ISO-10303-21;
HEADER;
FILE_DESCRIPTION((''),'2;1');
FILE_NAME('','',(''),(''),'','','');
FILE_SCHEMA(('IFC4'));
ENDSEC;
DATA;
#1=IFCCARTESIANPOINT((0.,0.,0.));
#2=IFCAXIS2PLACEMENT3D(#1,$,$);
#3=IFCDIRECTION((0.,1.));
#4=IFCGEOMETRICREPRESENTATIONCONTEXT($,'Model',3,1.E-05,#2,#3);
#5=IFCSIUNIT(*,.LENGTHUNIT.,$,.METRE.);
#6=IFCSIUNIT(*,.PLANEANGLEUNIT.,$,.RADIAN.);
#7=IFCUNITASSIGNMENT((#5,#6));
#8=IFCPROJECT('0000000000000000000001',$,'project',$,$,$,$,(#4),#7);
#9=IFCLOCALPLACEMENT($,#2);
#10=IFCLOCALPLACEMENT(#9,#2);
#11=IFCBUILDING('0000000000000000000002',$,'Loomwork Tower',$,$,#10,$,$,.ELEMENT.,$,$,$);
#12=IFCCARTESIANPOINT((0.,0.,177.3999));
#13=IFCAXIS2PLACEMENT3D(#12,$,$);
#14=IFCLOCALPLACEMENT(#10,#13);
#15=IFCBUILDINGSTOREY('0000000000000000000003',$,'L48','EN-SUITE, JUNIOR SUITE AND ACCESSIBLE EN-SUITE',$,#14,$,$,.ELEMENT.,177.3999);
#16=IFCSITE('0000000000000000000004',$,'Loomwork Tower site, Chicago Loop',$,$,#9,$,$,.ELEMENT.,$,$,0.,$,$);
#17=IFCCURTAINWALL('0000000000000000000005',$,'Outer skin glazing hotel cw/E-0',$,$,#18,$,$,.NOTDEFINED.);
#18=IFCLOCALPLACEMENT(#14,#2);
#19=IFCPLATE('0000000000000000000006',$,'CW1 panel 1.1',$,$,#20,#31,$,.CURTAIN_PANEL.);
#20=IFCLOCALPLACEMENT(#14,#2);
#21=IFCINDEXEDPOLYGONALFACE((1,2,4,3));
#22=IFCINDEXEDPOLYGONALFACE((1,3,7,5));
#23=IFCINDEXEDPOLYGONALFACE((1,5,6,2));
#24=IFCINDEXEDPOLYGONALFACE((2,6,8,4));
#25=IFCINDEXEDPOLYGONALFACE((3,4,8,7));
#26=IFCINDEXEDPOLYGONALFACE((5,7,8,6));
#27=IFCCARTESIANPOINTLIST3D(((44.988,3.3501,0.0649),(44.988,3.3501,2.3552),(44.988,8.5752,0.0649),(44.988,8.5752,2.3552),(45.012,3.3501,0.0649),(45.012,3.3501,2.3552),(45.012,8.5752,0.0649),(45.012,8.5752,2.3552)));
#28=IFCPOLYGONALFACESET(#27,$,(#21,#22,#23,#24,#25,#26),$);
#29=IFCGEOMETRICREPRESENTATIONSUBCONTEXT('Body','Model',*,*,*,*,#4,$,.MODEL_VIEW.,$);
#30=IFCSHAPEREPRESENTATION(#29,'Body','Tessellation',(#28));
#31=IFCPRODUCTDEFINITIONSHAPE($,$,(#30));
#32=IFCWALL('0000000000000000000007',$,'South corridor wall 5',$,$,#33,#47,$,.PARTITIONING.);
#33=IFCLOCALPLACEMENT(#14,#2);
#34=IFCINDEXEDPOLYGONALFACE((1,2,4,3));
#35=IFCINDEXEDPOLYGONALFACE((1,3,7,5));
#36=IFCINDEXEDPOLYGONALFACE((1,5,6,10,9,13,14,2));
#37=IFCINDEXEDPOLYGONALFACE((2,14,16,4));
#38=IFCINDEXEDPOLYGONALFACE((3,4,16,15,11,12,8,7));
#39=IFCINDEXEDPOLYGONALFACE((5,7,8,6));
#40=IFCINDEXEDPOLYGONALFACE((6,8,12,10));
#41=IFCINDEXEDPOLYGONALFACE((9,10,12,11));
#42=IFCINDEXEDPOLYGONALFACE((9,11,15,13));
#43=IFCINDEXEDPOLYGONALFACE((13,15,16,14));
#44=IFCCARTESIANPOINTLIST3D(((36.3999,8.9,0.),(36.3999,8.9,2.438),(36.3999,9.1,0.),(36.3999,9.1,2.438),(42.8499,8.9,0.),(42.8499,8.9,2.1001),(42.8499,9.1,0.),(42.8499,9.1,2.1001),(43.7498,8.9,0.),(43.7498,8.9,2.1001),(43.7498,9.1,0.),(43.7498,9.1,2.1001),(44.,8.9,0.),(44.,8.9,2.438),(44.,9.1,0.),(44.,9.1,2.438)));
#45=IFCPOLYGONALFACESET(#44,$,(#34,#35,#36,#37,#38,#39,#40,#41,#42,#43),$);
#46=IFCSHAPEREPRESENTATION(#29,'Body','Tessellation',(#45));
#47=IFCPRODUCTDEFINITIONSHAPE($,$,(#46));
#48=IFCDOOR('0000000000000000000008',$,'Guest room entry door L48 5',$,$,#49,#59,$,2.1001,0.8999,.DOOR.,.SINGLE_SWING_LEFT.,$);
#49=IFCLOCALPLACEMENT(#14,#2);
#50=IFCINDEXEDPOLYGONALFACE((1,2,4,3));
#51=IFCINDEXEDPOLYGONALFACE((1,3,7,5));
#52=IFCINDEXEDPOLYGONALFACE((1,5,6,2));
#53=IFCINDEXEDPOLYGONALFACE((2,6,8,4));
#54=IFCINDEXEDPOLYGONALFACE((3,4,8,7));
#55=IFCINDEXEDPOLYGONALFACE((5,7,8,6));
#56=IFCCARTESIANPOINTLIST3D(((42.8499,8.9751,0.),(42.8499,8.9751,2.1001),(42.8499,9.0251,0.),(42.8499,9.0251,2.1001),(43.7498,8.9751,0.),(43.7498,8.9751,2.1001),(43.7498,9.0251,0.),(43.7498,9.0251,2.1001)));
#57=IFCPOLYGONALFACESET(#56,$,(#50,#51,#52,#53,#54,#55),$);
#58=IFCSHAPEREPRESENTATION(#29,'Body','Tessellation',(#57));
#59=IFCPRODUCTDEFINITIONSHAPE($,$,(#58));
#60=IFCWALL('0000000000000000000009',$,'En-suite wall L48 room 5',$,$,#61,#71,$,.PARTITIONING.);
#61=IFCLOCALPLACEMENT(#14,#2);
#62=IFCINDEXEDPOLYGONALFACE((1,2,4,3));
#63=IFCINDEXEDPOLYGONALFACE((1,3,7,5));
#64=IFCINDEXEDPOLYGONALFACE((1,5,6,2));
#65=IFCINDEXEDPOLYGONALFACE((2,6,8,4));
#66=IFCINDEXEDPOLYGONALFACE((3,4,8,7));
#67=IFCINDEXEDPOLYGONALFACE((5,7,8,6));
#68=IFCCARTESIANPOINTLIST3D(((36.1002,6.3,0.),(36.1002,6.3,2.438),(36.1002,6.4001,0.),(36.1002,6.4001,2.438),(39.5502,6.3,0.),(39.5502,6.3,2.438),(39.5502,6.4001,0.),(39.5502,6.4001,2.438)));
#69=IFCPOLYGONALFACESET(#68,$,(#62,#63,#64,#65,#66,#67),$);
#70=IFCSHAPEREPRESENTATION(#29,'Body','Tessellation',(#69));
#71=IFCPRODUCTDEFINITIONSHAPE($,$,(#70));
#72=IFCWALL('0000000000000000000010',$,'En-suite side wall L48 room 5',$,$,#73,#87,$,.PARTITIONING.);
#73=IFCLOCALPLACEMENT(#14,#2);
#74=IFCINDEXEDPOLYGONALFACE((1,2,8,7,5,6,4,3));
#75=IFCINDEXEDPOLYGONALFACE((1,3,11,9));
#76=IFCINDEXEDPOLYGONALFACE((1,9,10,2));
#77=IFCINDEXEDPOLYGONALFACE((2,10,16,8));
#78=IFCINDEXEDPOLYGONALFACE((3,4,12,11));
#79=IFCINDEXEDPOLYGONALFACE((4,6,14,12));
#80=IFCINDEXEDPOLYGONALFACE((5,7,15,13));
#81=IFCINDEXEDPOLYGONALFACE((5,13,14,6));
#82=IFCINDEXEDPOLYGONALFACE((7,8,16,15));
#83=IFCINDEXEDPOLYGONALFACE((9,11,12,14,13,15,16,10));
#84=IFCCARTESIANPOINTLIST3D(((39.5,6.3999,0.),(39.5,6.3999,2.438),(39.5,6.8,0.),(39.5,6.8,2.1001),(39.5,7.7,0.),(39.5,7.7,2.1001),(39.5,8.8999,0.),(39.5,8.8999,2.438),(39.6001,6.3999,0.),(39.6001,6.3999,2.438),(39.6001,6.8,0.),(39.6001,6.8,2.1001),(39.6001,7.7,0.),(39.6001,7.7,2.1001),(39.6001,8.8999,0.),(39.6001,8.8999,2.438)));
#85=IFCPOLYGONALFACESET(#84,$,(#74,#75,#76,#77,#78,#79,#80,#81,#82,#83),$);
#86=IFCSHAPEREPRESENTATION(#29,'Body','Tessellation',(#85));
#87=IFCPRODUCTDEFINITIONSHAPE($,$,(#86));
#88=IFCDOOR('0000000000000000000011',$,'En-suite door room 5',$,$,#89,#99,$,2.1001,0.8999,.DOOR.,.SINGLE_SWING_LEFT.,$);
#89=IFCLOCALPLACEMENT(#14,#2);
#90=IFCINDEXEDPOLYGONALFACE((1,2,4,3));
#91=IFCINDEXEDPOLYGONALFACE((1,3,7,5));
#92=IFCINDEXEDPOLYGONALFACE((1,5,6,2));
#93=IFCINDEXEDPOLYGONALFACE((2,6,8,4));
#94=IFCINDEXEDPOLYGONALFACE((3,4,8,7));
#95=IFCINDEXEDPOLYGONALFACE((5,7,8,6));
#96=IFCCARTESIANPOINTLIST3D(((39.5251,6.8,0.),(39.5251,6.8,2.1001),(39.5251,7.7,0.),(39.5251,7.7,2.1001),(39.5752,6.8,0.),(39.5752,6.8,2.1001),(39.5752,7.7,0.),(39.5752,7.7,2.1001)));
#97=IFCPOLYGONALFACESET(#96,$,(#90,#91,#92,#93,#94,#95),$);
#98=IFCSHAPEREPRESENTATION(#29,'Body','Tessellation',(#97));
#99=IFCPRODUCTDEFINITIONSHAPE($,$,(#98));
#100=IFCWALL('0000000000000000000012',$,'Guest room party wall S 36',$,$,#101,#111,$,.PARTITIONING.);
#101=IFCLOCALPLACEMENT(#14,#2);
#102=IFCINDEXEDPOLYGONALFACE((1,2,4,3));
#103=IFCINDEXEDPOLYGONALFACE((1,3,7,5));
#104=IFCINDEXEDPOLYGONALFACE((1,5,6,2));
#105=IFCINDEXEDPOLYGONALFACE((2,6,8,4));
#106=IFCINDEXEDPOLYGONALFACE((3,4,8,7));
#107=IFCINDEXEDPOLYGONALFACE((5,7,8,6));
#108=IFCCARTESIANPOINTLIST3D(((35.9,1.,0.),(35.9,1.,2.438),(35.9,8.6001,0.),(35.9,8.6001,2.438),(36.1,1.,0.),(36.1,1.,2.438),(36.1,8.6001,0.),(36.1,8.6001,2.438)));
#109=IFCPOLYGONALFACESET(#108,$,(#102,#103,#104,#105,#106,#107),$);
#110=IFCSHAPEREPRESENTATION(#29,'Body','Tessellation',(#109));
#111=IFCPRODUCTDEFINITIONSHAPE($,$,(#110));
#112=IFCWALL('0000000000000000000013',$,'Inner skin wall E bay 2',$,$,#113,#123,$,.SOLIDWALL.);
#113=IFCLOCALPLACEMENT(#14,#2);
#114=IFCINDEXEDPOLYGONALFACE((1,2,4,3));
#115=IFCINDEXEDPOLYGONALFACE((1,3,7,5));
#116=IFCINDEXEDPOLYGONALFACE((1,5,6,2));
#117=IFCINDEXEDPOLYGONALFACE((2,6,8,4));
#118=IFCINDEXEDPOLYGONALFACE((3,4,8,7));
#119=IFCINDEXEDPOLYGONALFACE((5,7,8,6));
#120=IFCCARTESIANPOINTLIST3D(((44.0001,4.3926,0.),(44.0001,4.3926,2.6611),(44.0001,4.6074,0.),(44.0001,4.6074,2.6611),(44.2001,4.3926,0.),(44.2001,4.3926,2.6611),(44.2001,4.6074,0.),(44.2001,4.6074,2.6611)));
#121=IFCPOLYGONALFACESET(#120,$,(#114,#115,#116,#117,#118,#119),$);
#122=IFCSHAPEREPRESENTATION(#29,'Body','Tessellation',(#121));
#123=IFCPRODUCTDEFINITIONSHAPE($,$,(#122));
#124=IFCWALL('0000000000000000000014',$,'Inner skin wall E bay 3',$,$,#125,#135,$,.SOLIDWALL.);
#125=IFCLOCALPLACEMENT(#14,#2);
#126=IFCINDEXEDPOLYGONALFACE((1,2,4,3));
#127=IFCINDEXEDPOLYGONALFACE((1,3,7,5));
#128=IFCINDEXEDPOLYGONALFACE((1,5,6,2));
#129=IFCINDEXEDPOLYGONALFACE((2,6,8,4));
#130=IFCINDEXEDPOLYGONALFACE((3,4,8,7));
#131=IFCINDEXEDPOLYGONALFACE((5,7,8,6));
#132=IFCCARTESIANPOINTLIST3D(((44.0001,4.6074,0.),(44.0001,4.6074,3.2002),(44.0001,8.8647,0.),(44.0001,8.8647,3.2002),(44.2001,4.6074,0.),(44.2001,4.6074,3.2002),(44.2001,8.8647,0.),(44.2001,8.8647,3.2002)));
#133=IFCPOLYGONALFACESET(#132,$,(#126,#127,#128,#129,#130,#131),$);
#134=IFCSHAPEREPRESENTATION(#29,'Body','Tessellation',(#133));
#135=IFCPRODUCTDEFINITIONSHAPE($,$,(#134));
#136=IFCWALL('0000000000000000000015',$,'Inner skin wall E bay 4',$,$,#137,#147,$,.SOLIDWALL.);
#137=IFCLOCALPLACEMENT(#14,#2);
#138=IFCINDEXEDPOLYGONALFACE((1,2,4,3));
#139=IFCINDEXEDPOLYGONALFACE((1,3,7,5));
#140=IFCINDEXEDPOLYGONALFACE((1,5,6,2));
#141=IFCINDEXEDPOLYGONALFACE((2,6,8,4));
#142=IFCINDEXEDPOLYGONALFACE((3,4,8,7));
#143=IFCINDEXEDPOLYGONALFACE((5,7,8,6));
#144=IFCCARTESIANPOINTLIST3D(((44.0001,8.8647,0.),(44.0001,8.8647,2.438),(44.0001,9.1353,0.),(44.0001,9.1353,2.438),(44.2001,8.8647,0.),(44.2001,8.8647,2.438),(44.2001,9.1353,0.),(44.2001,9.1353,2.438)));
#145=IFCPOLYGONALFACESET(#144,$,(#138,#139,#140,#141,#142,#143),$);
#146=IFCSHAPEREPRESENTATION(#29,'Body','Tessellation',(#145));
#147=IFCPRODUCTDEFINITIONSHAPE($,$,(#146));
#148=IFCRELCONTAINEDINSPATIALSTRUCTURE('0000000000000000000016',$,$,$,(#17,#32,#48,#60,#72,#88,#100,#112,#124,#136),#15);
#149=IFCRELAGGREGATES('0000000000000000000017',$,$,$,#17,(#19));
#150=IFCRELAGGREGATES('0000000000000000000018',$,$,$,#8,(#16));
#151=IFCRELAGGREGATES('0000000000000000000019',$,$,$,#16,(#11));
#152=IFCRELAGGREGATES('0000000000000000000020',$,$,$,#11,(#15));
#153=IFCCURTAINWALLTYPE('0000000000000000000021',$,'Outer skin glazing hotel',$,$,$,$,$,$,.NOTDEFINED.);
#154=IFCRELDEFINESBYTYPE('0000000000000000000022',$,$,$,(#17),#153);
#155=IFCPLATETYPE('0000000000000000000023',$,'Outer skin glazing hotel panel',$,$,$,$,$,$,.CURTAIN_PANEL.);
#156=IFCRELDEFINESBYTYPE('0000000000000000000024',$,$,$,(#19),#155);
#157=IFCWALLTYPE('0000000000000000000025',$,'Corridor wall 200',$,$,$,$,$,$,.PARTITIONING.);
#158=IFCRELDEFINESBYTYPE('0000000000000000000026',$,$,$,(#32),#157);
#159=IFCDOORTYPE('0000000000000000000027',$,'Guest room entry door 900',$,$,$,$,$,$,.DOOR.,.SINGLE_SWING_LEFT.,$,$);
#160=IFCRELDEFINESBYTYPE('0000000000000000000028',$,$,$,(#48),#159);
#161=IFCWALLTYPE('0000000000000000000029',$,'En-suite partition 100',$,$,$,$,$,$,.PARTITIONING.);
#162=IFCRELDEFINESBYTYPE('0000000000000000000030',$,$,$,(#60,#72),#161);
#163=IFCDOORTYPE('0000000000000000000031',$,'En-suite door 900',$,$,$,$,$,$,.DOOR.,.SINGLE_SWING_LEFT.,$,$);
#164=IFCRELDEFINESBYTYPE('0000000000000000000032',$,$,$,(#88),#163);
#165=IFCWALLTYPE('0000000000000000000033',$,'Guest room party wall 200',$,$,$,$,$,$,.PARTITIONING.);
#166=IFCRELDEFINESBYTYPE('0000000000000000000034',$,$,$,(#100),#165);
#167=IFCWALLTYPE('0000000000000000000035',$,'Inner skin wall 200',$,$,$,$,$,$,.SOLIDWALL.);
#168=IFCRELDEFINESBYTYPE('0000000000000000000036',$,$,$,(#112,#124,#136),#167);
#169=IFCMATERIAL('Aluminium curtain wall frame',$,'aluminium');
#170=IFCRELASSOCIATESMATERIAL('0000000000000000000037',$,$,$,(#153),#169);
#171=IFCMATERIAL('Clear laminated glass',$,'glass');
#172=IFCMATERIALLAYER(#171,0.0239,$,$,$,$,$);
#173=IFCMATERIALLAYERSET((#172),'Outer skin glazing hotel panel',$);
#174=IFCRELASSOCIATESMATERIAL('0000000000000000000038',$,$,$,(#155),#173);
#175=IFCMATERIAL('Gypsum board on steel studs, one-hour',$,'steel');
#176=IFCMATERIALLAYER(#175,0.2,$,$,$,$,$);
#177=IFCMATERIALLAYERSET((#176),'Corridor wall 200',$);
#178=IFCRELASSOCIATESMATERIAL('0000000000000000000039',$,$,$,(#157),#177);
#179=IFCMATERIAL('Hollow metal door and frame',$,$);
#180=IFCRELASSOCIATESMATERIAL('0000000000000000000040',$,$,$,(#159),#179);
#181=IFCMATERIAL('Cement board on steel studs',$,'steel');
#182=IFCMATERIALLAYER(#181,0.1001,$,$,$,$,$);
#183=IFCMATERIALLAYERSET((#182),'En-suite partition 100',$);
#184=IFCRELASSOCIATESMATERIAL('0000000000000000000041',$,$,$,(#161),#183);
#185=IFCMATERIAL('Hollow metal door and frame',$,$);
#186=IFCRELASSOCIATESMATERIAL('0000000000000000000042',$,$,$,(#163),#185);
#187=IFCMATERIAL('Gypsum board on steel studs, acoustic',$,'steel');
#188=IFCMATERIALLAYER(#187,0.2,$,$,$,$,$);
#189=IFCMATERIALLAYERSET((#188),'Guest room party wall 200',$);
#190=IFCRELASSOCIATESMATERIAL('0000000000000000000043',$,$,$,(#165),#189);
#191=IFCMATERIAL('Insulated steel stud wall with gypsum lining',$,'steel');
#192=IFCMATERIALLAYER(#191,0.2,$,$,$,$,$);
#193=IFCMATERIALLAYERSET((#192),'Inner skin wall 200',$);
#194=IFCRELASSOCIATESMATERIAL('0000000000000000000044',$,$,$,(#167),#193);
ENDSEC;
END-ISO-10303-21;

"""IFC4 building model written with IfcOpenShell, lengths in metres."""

from ifc_helpers import new_model, si_unit, direction, frame, frame_2d, origin, origin_2d, place, context, subcontext, project, spatial, rectangle, extrude, material, layer, layer_set, type_object, element, fill, aggregate, save


model = new_model("IFC4")

# Units and contexts
model_context = context("Model", 3, precision=1e-05, world=origin(), true_north=direction((0.0, 1.0)))
body_context = subcontext(model_context, "Body", "Model", "MODEL_VIEW")
ifc_project = project(units=[si_unit("LENGTHUNIT", "METRE"), si_unit("PLANEANGLEUNIT", "RADIAN")], contexts=[model_context])

# Site, building, storey
site_placement = place(None, origin())
site = spatial("IfcSite", under=ifc_project, at=site_placement, Name="Loomwork Tower site, Chicago Loop", CompositionType="ELEMENT", RefElevation=0.0)
building_placement = place(site_placement, origin())
building = spatial("IfcBuilding", under=site, at=building_placement, Name="Loomwork Tower", CompositionType="ELEMENT")
storey_placement = place(building_placement, frame((0.0, 0.0, 177.3999)))
storey = spatial("IfcBuildingStorey", under=building, at=storey_placement, Name="L48", Description="EN-SUITE, JUNIOR SUITE AND ACCESSIBLE EN-SUITE", CompositionType="ELEMENT", Elevation=177.3999)

# Curtain wall
ifc_material_1 = material(Name="Aluminium curtain wall frame", Category="aluminium")
curtain_wall_type = type_object("IfcCurtainWallType", Name="Outer skin glazing hotel", PredefinedType="NOTDEFINED", material=ifc_material_1)
curtain_wall_1_placement = place(storey_placement, origin())
curtain_wall_1 = element("IfcCurtainWall", 1, at=curtain_wall_1_placement, inside=storey, type_object=curtain_wall_type, Name="Outer skin glazing hotel cw/E-0", PredefinedType="NOTDEFINED")

# Plate
ifc_material_2 = material(Name="Clear laminated glass", Category="glass")
ifc_layer_1 = layer(ifc_material_2, 0.0239)
ifc_layer_set_1 = layer_set([ifc_layer_1], Name="Outer skin glazing hotel panel")
plate_type = type_object("IfcPlateType", Name="Outer skin glazing hotel panel", PredefinedType="CURTAIN_PANEL", material=ifc_layer_set_1)
plate_placement = place(storey_placement, frame((45.0, 5.9626, 0.0649), z_axis=(0.0, 0.0, 1.0), x_axis=(0.0, 1.0, 0.0)))
plate = element("IfcPlate", 2, at=plate_placement, type_object=plate_type, Name="CW1 panel 1.1", PredefinedType="CURTAIN_PANEL", context=body_context, shape_type="SweptSolid", body=[
    extrude(rectangle(XDim=5.2251, YDim=0.0239, at=origin_2d()), origin(), (0.0, 0.0, 1.0), 2.2903),
])
aggregate(curtain_wall_1, [plate])

# Wall, opening, door
ifc_material_3 = material(Name="Gypsum board on steel studs, one-hour", Category="steel")
ifc_layer_2 = layer(ifc_material_3, 0.2)
ifc_layer_set_2 = layer_set([ifc_layer_2], Name="Corridor wall 200")
wall_type_1 = type_object("IfcWallType", Name="Corridor wall 200", PredefinedType="PARTITIONING", material=ifc_layer_set_2)
wall_1_placement = place(storey_placement, frame((36.3999, 9.0, 0.0), z_axis=(0.0, 0.0, 1.0), x_axis=(1.0, 0.0, 0.0)))
wall_1 = element("IfcWall", 3, at=wall_1_placement, inside=storey, type_object=wall_type_1, Name="South corridor wall 5", PredefinedType="PARTITIONING", context=body_context, shape_type="SweptSolid", body=[
    extrude(rectangle(XDim=7.6001, YDim=0.2, at=frame_2d((3.8, 0.0))), origin(), (0.0, 0.0, 1.0), 2.438),
])
opening_1_placement = place(wall_1_placement, frame((6.45, 0.0, 0.0)))
opening_1 = element("IfcOpeningElement", 4, at=opening_1_placement, cuts=wall_1, PredefinedType="OPENING", context=body_context, shape_type="SweptSolid", body=[
    extrude(rectangle(XDim=0.8999, YDim=2.1001, at=frame_2d((0.45, 1.05))), frame((0.0, 0.1099, 0.0), z_axis=(0.0, -1.0, 0.0), x_axis=(1.0, 0.0, 0.0)), (0.0, 0.0, 1.0), 0.22),
])
ifc_material_4 = material(Name="Hollow metal door and frame")
door_type_1 = type_object("IfcDoorType", Name="Guest room entry door 900", OperationType="SINGLE_SWING_LEFT", PredefinedType="DOOR", material=ifc_material_4)
door_1_placement = place(opening_1_placement, frame((0.8999, 0.0, 0.0), z_axis=(0.0, 0.0, 1.0), x_axis=(-1.0, 0.0, 0.0)))
door_1 = element("IfcDoor", 5, at=door_1_placement, inside=storey, type_object=door_type_1, Name="Guest room entry door L48 5", OperationType="SINGLE_SWING_LEFT", OverallHeight=2.1001, OverallWidth=0.8999, PredefinedType="DOOR", context=body_context, shape_type="SweptSolid", body=[
    extrude(rectangle(XDim=0.8999, YDim=2.1001, at=frame_2d((0.45, 1.05))), frame((0.0, 0.0249, 0.0), z_axis=(0.0, -1.0, 0.0), x_axis=(1.0, 0.0, 0.0)), (0.0, 0.0, 1.0), 0.05),
])
fill(opening_1, door_1)

# Wall
ifc_material_5 = material(Name="Cement board on steel studs", Category="steel")
ifc_layer_3 = layer(ifc_material_5, 0.1001)
ifc_layer_set_3 = layer_set([ifc_layer_3], Name="En-suite partition 100")
wall_type_2 = type_object("IfcWallType", Name="En-suite partition 100", PredefinedType="PARTITIONING", material=ifc_layer_set_3)
wall_2_placement = place(storey_placement, frame((36.1001, 6.3501, 0.0), z_axis=(0.0, 0.0, 1.0), x_axis=(1.0, 0.0, 0.0)))
element("IfcWall", 6, at=wall_2_placement, inside=storey, type_object=wall_type_2, Name="En-suite wall L48 room 5", PredefinedType="PARTITIONING", context=body_context, shape_type="SweptSolid", body=[
    extrude(rectangle(XDim=3.45, YDim=0.1001, at=frame_2d((1.7251, 0.0))), origin(), (0.0, 0.0, 1.0), 2.438),
])

# Wall, opening, door
wall_3_placement = place(storey_placement, frame((39.55, 8.8999, 0.0), z_axis=(0.0, 0.0, 1.0), x_axis=(0.0, -1.0, 0.0)))
wall_3 = element("IfcWall", 7, at=wall_3_placement, inside=storey, type_object=wall_type_2, Name="En-suite side wall L48 room 5", PredefinedType="PARTITIONING", context=body_context, shape_type="SweptSolid", body=[
    extrude(rectangle(XDim=2.5, YDim=0.1001, at=frame_2d((1.25, 0.0))), origin(), (0.0, 0.0, 1.0), 2.438),
])
opening_2_placement = place(wall_3_placement, frame((1.2, 0.0, 0.0)))
opening_2 = element("IfcOpeningElement", 8, at=opening_2_placement, cuts=wall_3, PredefinedType="OPENING", context=body_context, shape_type="SweptSolid", body=[
    extrude(rectangle(XDim=0.8999, YDim=2.1001, at=frame_2d((0.45, 1.05))), frame((0.0, 0.0601, 0.0), z_axis=(0.0, -1.0, 0.0), x_axis=(1.0, 0.0, 0.0)), (0.0, 0.0, 1.0), 0.1201),
])
ifc_material_6 = material(Name="Hollow metal door and frame")
door_type_2 = type_object("IfcDoorType", Name="En-suite door 900", OperationType="SINGLE_SWING_LEFT", PredefinedType="DOOR", material=ifc_material_6)
door_2_placement = place(opening_2_placement, frame((0.8999, 0.0, 0.0), z_axis=(0.0, 0.0, 1.0), x_axis=(-1.0, 0.0, 0.0)))
door_2 = element("IfcDoor", 9, at=door_2_placement, inside=storey, type_object=door_type_2, Name="En-suite door room 5", OperationType="SINGLE_SWING_LEFT", OverallHeight=2.1001, OverallWidth=0.8999, PredefinedType="DOOR", context=body_context, shape_type="SweptSolid", body=[
    extrude(rectangle(XDim=0.8999, YDim=2.1001, at=frame_2d((0.45, 1.05))), frame((0.0, 0.0249, 0.0), z_axis=(0.0, -1.0, 0.0), x_axis=(1.0, 0.0, 0.0)), (0.0, 0.0, 1.0), 0.05),
])
fill(opening_2, door_2)

# Walls
ifc_material_7 = material(Name="Gypsum board on steel studs, acoustic", Category="steel")
ifc_layer_4 = layer(ifc_material_7, 0.2)
ifc_layer_set_4 = layer_set([ifc_layer_4], Name="Guest room party wall 200")
wall_type_3 = type_object("IfcWallType", Name="Guest room party wall 200", PredefinedType="PARTITIONING", material=ifc_layer_set_4)
wall_4_placement = place(storey_placement, frame((36.0, 8.6001, 0.0), z_axis=(0.0, 0.0, 1.0), x_axis=(0.0, -1.0, 0.0)))
element("IfcWall", 10, at=wall_4_placement, inside=storey, type_object=wall_type_3, Name="Guest room party wall S 36", PredefinedType="PARTITIONING", context=body_context, shape_type="SweptSolid", body=[
    extrude(rectangle(XDim=7.6001, YDim=0.2, at=frame_2d((3.8, 0.0))), origin(), (0.0, 0.0, 1.0), 2.438),
])
ifc_material_8 = material(Name="Insulated steel stud wall with gypsum lining", Category="steel")
ifc_layer_5 = layer(ifc_material_8, 0.2)
ifc_layer_set_5 = layer_set([ifc_layer_5], Name="Inner skin wall 200")
wall_type_4 = type_object("IfcWallType", Name="Inner skin wall 200", PredefinedType="SOLIDWALL", material=ifc_layer_set_5)
wall_5_placement = place(storey_placement, frame((44.1001, 4.3926, 0.0), z_axis=(0.0, 0.0, 1.0), x_axis=(0.0, 1.0, 0.0)))
element("IfcWall", 11, at=wall_5_placement, inside=storey, type_object=wall_type_4, Name="Inner skin wall E bay 2", PredefinedType="SOLIDWALL", context=body_context, shape_type="SweptSolid", body=[
    extrude(rectangle(XDim=0.2148, YDim=0.2, at=frame_2d((0.1074, 0.0))), origin(), (0.0, 0.0, 1.0), 2.6611),
])
wall_6_placement = place(storey_placement, frame((44.1001, 4.6074, 0.0), z_axis=(0.0, 0.0, 1.0), x_axis=(0.0, 1.0, 0.0)))
element("IfcWall", 12, at=wall_6_placement, inside=storey, type_object=wall_type_4, Name="Inner skin wall E bay 3", PredefinedType="SOLIDWALL", context=body_context, shape_type="SweptSolid", body=[
    extrude(rectangle(XDim=4.2573, YDim=0.2, at=frame_2d((2.1287, 0.0))), origin(), (0.0, 0.0, 1.0), 3.2002),
])
wall_7_placement = place(storey_placement, frame((44.1001, 8.8647, 0.0), z_axis=(0.0, 0.0, 1.0), x_axis=(0.0, 1.0, 0.0)))
element("IfcWall", 13, at=wall_7_placement, inside=storey, type_object=wall_type_4, Name="Inner skin wall E bay 4", PredefinedType="SOLIDWALL", context=body_context, shape_type="SweptSolid", body=[
    extrude(rectangle(XDim=0.2705, YDim=0.2, at=frame_2d((0.1353, 0.0))), origin(), (0.0, 0.0, 1.0), 2.438),
])

save(model, "model.ifc")
